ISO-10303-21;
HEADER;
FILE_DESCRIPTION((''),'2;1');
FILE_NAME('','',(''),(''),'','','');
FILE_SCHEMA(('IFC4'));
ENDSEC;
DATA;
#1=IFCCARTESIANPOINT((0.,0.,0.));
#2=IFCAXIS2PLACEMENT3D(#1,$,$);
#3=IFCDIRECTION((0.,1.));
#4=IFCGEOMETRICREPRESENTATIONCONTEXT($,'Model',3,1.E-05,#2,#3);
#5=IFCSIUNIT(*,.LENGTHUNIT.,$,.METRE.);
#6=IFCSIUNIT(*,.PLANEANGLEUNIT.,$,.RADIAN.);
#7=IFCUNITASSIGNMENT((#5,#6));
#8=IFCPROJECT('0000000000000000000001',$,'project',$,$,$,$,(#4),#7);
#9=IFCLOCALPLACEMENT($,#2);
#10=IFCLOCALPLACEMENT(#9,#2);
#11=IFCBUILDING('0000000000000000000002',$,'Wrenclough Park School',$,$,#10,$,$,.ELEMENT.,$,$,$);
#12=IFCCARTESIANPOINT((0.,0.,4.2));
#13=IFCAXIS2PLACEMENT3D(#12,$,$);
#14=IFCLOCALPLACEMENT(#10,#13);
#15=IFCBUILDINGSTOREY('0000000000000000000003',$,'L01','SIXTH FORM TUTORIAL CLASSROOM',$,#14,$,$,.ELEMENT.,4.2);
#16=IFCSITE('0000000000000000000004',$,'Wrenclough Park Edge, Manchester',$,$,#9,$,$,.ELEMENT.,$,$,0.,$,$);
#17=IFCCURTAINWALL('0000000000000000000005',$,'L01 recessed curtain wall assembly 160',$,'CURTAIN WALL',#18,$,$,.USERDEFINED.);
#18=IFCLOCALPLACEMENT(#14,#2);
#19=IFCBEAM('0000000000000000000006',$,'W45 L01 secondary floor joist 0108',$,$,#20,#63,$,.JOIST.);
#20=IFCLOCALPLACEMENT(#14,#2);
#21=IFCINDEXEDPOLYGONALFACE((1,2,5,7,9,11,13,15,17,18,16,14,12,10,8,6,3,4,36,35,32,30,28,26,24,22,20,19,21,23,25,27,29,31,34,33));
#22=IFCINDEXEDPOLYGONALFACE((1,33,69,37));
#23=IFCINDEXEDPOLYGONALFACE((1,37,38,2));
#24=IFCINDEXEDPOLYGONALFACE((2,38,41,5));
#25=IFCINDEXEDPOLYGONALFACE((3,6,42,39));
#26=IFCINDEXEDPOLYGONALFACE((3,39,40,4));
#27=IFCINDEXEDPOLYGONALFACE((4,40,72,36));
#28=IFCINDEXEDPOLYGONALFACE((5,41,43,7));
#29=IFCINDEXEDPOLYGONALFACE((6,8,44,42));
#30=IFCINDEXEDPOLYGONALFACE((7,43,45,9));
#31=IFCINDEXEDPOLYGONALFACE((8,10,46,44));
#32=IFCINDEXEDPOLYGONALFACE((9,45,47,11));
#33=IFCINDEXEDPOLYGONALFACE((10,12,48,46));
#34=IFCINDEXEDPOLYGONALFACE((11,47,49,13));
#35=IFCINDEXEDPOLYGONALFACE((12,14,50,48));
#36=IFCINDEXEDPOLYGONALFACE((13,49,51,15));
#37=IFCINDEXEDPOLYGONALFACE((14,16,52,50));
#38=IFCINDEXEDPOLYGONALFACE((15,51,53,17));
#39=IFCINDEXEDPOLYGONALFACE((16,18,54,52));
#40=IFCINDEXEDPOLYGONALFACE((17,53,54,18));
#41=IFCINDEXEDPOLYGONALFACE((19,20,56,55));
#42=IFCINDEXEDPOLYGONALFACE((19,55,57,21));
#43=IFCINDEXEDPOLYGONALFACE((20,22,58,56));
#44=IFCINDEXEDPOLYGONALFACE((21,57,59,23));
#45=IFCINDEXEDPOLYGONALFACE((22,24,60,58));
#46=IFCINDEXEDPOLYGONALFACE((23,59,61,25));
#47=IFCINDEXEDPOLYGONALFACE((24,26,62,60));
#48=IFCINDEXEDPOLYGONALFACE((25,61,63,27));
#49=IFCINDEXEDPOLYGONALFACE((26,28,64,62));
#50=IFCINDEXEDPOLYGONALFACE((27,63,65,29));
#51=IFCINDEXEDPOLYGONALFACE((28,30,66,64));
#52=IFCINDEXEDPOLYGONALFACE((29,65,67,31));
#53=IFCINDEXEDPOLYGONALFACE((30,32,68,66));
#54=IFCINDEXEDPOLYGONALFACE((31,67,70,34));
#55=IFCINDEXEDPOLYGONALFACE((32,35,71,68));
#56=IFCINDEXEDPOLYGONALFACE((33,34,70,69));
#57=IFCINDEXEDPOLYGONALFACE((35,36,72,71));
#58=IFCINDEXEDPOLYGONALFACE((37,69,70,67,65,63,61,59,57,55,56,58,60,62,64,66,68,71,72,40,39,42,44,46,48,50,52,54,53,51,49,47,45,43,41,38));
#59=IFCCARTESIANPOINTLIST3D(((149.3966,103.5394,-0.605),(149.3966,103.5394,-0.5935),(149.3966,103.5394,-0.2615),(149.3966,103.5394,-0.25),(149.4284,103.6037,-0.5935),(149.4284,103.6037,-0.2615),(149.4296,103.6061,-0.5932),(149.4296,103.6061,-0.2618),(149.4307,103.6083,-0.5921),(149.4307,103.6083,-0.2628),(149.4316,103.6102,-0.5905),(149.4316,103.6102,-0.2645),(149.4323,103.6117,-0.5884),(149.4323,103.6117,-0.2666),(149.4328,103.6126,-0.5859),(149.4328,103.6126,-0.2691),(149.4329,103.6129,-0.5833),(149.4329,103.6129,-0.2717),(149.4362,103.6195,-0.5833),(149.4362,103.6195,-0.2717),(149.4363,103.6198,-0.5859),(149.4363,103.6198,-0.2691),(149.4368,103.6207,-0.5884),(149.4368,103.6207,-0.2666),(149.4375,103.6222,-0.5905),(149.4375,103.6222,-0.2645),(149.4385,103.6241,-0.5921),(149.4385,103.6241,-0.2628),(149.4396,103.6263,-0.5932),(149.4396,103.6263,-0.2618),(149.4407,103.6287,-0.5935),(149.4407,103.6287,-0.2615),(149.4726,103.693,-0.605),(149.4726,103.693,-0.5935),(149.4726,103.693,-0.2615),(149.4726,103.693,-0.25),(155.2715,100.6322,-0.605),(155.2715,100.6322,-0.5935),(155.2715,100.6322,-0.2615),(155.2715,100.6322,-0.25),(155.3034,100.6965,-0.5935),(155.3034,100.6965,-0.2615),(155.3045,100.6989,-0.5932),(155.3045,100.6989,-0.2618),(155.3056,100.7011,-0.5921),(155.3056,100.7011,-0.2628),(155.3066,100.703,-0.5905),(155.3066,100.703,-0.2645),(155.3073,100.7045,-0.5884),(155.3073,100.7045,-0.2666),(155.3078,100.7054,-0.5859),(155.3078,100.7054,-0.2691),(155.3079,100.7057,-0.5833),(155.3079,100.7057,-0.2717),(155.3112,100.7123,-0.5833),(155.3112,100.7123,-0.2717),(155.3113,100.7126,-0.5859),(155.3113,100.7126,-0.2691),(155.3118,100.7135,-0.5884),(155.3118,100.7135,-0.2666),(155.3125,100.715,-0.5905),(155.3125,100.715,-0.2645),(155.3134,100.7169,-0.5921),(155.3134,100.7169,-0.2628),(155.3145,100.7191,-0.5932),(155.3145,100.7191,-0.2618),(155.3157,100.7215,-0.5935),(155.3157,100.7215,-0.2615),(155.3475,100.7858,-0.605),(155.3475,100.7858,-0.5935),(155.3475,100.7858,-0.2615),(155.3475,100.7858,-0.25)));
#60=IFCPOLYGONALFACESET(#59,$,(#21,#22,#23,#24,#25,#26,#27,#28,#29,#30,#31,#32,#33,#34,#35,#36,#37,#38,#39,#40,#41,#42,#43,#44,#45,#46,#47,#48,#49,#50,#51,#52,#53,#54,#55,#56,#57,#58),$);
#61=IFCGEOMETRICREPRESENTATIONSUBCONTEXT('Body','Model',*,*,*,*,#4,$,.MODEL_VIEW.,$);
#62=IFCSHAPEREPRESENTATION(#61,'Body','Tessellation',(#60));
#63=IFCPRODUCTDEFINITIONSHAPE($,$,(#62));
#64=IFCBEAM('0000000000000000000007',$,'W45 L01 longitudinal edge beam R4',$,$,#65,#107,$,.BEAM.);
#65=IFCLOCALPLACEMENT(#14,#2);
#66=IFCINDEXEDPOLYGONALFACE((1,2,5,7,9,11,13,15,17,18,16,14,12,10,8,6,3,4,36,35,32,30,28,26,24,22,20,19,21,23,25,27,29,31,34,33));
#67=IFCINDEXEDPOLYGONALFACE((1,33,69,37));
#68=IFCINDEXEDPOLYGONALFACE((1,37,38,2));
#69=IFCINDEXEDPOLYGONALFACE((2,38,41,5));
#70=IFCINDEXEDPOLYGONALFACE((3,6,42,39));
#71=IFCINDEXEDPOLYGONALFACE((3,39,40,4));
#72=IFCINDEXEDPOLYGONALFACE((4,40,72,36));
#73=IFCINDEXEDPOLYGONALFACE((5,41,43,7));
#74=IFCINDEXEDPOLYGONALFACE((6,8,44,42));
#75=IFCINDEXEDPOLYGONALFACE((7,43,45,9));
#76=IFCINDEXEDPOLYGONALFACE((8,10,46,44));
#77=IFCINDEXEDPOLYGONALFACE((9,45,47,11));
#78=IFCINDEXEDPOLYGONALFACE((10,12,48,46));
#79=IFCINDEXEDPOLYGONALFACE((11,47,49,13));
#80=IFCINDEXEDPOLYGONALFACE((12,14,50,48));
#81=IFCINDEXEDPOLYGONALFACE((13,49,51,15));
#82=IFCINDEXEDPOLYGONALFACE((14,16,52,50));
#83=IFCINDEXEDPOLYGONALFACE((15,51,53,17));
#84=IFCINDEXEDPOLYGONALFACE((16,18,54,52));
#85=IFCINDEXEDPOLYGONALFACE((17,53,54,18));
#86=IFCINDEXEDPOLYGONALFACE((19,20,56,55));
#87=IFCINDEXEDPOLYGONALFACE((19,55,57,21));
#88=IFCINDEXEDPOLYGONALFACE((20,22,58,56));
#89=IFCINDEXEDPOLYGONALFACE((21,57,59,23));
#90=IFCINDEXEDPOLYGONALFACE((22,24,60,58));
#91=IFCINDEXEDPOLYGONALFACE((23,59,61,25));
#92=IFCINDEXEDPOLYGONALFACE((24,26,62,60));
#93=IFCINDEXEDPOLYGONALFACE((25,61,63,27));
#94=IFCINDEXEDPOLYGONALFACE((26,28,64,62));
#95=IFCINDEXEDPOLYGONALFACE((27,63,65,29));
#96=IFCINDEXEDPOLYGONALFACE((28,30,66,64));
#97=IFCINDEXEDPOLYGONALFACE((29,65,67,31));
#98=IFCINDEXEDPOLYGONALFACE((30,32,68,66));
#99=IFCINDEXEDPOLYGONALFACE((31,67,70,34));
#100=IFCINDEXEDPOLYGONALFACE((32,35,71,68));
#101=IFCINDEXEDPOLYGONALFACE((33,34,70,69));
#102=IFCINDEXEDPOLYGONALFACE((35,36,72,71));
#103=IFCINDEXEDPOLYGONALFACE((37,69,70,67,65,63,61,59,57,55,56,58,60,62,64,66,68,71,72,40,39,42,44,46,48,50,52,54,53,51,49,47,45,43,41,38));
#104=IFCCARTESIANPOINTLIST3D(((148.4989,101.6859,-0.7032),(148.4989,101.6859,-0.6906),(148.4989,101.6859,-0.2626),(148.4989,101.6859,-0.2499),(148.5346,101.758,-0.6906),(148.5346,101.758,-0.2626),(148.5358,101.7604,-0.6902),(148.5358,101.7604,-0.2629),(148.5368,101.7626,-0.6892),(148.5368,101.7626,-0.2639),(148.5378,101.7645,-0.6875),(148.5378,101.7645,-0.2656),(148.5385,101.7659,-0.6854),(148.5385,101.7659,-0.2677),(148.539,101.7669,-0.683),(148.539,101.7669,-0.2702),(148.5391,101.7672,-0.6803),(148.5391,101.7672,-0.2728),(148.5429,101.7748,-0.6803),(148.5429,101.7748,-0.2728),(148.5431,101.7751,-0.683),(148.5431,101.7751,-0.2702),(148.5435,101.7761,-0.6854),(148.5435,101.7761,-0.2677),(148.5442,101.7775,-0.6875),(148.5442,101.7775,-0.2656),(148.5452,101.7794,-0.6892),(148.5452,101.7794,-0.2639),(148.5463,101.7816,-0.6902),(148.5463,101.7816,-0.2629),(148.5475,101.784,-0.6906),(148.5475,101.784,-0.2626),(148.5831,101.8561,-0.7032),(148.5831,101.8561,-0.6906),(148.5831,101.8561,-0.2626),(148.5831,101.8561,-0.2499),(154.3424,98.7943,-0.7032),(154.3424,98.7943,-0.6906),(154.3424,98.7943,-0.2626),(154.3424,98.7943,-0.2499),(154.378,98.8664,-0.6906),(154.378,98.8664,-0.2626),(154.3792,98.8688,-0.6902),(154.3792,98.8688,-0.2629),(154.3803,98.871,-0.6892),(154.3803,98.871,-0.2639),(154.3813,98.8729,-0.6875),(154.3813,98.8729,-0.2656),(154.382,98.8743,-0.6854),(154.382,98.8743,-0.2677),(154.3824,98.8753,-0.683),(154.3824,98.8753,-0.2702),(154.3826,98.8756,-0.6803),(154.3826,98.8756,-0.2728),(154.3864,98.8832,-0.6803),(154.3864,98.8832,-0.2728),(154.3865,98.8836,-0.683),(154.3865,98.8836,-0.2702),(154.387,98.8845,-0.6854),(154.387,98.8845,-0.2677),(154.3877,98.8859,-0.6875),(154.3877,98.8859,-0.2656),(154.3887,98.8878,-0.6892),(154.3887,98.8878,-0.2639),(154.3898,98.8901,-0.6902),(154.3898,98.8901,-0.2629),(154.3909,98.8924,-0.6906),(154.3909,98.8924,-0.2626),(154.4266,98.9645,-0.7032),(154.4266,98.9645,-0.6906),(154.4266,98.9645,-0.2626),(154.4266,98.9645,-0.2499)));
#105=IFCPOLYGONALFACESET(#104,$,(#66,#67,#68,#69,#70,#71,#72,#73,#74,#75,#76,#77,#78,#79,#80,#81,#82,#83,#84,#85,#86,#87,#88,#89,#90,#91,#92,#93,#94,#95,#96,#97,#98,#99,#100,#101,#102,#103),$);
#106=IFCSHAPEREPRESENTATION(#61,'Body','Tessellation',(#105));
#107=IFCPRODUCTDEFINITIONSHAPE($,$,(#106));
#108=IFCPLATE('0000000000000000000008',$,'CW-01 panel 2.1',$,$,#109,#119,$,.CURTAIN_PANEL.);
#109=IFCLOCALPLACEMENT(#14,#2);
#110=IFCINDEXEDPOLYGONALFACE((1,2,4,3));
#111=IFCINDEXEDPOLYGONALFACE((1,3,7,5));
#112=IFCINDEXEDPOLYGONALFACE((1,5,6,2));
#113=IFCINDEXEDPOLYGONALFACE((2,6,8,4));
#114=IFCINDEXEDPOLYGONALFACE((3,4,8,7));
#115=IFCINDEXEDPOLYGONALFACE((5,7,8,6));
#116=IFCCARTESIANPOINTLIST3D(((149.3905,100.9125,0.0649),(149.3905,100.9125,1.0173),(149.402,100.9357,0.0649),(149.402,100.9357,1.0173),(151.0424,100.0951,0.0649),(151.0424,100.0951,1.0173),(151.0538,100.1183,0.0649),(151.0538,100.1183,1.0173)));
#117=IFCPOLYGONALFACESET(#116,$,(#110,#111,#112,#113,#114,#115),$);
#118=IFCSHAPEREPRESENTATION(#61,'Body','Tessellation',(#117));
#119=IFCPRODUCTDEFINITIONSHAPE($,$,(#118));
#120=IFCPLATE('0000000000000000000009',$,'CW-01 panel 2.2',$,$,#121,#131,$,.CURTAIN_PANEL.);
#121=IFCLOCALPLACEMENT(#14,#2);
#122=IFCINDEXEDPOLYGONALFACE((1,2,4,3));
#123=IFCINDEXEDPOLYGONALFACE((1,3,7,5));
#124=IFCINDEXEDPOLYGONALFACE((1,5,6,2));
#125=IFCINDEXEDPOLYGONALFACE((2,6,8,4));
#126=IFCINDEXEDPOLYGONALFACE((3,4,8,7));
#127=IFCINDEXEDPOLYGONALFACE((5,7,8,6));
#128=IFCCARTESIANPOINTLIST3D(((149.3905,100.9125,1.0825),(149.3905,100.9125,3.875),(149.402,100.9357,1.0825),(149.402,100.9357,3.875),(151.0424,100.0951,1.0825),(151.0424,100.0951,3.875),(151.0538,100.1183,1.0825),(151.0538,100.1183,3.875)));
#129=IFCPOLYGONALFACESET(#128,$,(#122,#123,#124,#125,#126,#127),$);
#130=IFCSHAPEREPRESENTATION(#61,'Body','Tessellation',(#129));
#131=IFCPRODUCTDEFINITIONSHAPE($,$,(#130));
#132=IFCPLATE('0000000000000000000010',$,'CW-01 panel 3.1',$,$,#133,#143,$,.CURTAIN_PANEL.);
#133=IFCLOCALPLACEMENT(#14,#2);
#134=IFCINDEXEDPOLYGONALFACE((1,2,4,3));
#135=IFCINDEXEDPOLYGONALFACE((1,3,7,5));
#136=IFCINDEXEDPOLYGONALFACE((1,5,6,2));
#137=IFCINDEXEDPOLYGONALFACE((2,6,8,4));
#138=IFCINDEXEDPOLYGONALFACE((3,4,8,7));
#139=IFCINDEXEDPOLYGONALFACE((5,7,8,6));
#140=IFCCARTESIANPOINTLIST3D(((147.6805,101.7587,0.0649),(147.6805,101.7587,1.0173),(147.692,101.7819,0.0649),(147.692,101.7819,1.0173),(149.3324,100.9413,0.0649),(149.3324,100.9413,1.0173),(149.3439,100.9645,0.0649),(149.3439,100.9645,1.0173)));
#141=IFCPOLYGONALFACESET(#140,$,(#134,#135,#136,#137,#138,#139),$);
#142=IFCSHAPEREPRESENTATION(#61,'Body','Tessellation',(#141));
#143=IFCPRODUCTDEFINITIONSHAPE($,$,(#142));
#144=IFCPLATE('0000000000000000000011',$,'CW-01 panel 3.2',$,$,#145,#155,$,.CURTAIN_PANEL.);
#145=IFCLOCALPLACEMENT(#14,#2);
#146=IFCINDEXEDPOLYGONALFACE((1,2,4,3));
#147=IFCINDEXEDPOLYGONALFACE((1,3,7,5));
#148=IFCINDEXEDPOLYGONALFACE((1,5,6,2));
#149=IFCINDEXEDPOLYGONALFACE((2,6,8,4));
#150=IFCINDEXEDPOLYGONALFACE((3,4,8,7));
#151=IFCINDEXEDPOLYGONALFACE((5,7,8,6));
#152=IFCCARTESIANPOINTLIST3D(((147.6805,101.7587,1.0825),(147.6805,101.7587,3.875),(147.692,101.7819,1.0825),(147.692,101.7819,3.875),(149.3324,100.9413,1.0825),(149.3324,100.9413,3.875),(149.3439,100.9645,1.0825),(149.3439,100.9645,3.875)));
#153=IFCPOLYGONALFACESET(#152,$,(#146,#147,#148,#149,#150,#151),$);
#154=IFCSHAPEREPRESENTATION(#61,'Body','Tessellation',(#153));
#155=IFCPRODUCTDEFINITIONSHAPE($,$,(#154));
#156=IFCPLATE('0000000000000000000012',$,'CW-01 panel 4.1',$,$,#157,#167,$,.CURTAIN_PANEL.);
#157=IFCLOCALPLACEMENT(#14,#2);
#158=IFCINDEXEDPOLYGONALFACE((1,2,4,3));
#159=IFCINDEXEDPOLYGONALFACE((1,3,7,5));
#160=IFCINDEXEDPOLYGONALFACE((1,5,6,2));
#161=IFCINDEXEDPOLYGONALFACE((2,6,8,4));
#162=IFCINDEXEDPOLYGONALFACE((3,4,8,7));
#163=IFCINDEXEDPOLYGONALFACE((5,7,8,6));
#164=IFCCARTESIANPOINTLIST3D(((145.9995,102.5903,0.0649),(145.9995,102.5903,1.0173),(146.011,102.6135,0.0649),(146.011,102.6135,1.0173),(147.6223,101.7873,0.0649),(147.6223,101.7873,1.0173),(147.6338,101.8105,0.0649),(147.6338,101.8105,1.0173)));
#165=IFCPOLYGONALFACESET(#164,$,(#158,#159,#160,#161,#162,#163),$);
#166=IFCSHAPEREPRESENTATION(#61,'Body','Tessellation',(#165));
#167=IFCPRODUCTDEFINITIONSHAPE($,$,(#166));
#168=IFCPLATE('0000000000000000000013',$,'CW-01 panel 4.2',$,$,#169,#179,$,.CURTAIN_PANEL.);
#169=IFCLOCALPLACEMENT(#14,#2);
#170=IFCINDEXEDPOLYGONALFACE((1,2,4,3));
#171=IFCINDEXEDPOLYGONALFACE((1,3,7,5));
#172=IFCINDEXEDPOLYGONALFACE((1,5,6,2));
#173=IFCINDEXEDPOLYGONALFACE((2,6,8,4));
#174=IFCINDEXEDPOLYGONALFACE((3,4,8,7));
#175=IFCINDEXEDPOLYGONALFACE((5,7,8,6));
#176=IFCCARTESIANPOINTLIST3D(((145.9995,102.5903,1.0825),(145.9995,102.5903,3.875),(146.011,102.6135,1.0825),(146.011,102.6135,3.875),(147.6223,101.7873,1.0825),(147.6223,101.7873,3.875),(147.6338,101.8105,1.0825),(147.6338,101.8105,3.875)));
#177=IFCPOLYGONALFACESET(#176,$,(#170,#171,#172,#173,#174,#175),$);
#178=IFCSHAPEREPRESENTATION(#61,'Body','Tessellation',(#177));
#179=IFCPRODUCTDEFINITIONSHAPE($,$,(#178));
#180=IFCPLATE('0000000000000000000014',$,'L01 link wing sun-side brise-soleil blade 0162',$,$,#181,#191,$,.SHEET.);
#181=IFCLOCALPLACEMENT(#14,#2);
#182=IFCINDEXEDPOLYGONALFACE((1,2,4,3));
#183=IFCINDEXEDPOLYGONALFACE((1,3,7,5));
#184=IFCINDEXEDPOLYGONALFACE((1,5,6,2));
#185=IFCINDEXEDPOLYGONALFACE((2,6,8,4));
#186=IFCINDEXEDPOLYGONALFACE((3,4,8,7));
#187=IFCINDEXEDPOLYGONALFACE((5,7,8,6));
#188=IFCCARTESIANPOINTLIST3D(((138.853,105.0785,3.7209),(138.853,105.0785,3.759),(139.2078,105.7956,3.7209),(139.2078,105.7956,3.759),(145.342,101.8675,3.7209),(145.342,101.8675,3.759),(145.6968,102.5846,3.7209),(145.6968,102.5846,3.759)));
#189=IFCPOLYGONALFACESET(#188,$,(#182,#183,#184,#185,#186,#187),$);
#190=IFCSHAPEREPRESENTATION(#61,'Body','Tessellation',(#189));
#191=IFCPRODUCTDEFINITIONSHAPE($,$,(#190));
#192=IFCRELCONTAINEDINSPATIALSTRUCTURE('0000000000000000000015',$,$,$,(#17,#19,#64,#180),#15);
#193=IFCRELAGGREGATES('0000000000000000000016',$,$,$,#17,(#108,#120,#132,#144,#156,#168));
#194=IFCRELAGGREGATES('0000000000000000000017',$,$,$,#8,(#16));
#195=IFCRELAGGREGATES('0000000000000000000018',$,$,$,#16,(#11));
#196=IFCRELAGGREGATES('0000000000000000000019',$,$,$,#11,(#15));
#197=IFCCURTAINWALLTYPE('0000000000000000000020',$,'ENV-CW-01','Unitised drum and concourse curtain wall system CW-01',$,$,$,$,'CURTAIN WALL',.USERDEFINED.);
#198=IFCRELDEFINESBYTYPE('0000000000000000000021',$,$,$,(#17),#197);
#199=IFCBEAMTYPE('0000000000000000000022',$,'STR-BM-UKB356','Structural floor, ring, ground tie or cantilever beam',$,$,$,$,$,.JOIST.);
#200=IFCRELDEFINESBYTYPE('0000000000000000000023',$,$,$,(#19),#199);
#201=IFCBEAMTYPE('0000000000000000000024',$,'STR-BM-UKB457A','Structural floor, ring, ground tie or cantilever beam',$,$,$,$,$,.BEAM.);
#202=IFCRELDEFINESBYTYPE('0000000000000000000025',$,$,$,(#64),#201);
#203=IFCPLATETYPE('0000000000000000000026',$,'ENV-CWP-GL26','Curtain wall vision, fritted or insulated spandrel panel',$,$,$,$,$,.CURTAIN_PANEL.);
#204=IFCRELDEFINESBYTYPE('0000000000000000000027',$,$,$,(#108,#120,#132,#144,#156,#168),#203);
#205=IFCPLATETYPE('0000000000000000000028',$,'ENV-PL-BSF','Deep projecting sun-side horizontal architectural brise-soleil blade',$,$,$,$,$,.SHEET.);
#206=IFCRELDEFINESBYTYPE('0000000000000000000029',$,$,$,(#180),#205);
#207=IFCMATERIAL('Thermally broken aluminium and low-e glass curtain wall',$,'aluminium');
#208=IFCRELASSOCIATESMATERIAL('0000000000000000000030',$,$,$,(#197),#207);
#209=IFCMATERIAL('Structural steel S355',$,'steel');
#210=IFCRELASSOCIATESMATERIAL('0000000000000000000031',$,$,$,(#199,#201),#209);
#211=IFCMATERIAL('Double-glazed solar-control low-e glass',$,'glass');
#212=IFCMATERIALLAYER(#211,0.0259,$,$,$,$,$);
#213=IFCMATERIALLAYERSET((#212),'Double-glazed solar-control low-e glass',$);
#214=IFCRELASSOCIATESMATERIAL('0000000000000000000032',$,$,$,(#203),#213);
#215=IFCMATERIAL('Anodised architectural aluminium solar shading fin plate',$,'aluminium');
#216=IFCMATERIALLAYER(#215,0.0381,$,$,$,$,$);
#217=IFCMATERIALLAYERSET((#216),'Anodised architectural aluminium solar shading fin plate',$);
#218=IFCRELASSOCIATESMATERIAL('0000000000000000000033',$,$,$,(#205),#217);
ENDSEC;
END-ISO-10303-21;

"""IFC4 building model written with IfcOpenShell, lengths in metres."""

from ifc_helpers import new_model, si_unit, direction, frame, origin, origin_2d, place, context, subcontext, project, spatial, rectangle, i_section, extrude, material, layer, layer_set, material_profile, profile_set, type_object, element, aggregate, save


model = new_model("IFC4")

# Units and contexts
model_context = context("Model", 3, precision=1e-05, world=origin(), true_north=direction((0.0, 1.0)))
body_context = subcontext(model_context, "Body", "Model", "MODEL_VIEW")
ifc_project = project(units=[si_unit("LENGTHUNIT", "METRE"), si_unit("PLANEANGLEUNIT", "RADIAN")], contexts=[model_context])

# Site, building, storey
site_placement = place(None, origin())
site = spatial("IfcSite", under=ifc_project, at=site_placement, Name="Wrenclough Park Edge, Manchester", CompositionType="ELEMENT", RefElevation=0.0)
building_placement = place(site_placement, origin())
building = spatial("IfcBuilding", under=site, at=building_placement, Name="Wrenclough Park School", CompositionType="ELEMENT")
storey_placement = place(building_placement, frame((0.0, 0.0, 4.2)))
storey = spatial("IfcBuildingStorey", under=building, at=storey_placement, Name="L01", Description="SIXTH FORM TUTORIAL CLASSROOM", CompositionType="ELEMENT", Elevation=4.2)

# Shared definitions
ifc_material_1 = material(Name="Structural steel S355", Category="steel")

# Curtain wall
ifc_material_2 = material(Name="Thermally broken aluminium and low-e glass curtain wall", Category="aluminium")
curtain_wall_type_1 = type_object("IfcCurtainWallType", Name="ENV-CW-01", Description="Unitised drum and concourse curtain wall system CW-01", ElementType="CURTAIN WALL", PredefinedType="USERDEFINED", material=ifc_material_2)
curtain_wall_1_placement = place(storey_placement, origin())
curtain_wall_1 = element("IfcCurtainWall", 1, at=curtain_wall_1_placement, inside=storey, type_object=curtain_wall_type_1, Name="L01 recessed curtain wall assembly 160", ObjectType="CURTAIN WALL", PredefinedType="USERDEFINED")

# Beams
ifc_material_profile_1 = material_profile(ifc_material_1, i_section(OverallWidth=0.1714, OverallDepth=0.355, WebThickness=0.0073, FlangeThickness=0.0115, FilletRadius=0.0103, at=origin_2d()), Name="UKB 356x171x51")
ifc_profile_set_1 = profile_set([ifc_material_profile_1], Name="Structural steel S355")
beam_type_1 = type_object("IfcBeamType", Name="STR-BM-UKB356", Description="Structural floor, ring, ground tie or cantilever beam", PredefinedType="JOIST", material=ifc_profile_set_1)
beam_1_placement = place(storey_placement, frame((149.4346, 103.6162, -0.4275), z_axis=(0.896267, -0.443515, 0.0), x_axis=(0.443515, 0.896267, 0.0)))
element("IfcBeam", 2, at=beam_1_placement, inside=storey, type_object=beam_type_1, Name="W45 L01 secondary floor joist 0108", PredefinedType="JOIST", context=body_context, shape_type="SweptSolid", body=[
    extrude(i_section(OverallWidth=0.1714, OverallDepth=0.355, WebThickness=0.0073, FlangeThickness=0.0115, FilletRadius=0.0103, at=origin_2d()), origin(), (0.0, 0.0, 1.0), 6.5549),
])
ifc_material_profile_2 = material_profile(ifc_material_1, i_section(OverallWidth=0.1899, OverallDepth=0.4534, WebThickness=0.0085, FlangeThickness=0.0127, FilletRadius=0.0103, at=origin_2d()), Name="UKB 457x191x67")
ifc_profile_set_2 = profile_set([ifc_material_profile_2], Name="Structural steel S355")
beam_type_2 = type_object("IfcBeamType", Name="STR-BM-UKB457A", Description="Structural floor, ring, ground tie or cantilever beam", PredefinedType="BEAM", material=ifc_profile_set_2)
beam_2_placement = place(storey_placement, frame((148.541, 101.771, -0.4766), z_axis=(0.896269, -0.44351, 0.0), x_axis=(0.44351, 0.896269, 0.0)))
element("IfcBeam", 3, at=beam_2_placement, inside=storey, type_object=beam_type_2, Name="W45 L01 longitudinal edge beam R4", PredefinedType="BEAM", context=body_context, shape_type="SweptSolid", body=[
    extrude(i_section(OverallWidth=0.1899, OverallDepth=0.4534, WebThickness=0.0085, FlangeThickness=0.0127, FilletRadius=0.0103, at=origin_2d()), origin(), (0.0, 0.0, 1.0), 6.5198),
])

# Plates
ifc_material_3 = material(Name="Double-glazed solar-control low-e glass", Category="glass")
ifc_layer_1 = layer(ifc_material_3, 0.0259)
ifc_layer_set_1 = layer_set([ifc_layer_1], Name="Double-glazed solar-control low-e glass")
plate_type_1 = type_object("IfcPlateType", Name="ENV-CWP-GL26", Description="Curtain wall vision, fritted or insulated spandrel panel", PredefinedType="CURTAIN_PANEL", material=ifc_layer_set_1)
plate_1_placement = place(storey_placement, frame((150.2222, 100.5154, 0.0649), z_axis=(0.0, 0.0, 1.0), x_axis=(-0.896272, 0.443504, 0.0)))
plate_1 = element("IfcPlate", 4, at=plate_1_placement, type_object=plate_type_1, Name="CW-01 panel 2.1", PredefinedType="CURTAIN_PANEL", context=body_context, shape_type="SweptSolid", body=[
    extrude(rectangle(XDim=1.843, YDim=0.0259, at=origin_2d()), origin(), (0.0, 0.0, 1.0), 0.9524),
])
plate_2_placement = place(storey_placement, frame((150.2222, 100.5154, 1.0825), z_axis=(0.0, 0.0, 1.0), x_axis=(-0.896272, 0.443504, 0.0)))
plate_2 = element("IfcPlate", 5, at=plate_2_placement, type_object=plate_type_1, Name="CW-01 panel 2.2", PredefinedType="CURTAIN_PANEL", context=body_context, shape_type="SweptSolid", body=[
    extrude(rectangle(XDim=1.843, YDim=0.0259, at=origin_2d()), origin(), (0.0, 0.0, 1.0), 2.7925),
])
plate_3_placement = place(storey_placement, frame((148.5122, 101.3616, 0.0649), z_axis=(0.0, 0.0, 1.0), x_axis=(-0.896272, 0.443504, 0.0)))
plate_3 = element("IfcPlate", 6, at=plate_3_placement, type_object=plate_type_1, Name="CW-01 panel 3.1", PredefinedType="CURTAIN_PANEL", context=body_context, shape_type="SweptSolid", body=[
    extrude(rectangle(XDim=1.843, YDim=0.0259, at=origin_2d()), origin(), (0.0, 0.0, 1.0), 0.9524),
])
plate_4_placement = place(storey_placement, frame((148.5122, 101.3616, 1.0825), z_axis=(0.0, 0.0, 1.0), x_axis=(-0.896272, 0.443504, 0.0)))
plate_4 = element("IfcPlate", 7, at=plate_4_placement, type_object=plate_type_1, Name="CW-01 panel 3.2", PredefinedType="CURTAIN_PANEL", context=body_context, shape_type="SweptSolid", body=[
    extrude(rectangle(XDim=1.843, YDim=0.0259, at=origin_2d()), origin(), (0.0, 0.0, 1.0), 2.7925),
])
plate_5_placement = place(storey_placement, frame((146.8167, 102.2004, 0.0649), z_axis=(0.0, 0.0, 1.0), x_axis=(-0.896272, 0.443504, 0.0)))
plate_5 = element("IfcPlate", 8, at=plate_5_placement, type_object=plate_type_1, Name="CW-01 panel 4.1", PredefinedType="CURTAIN_PANEL", context=body_context, shape_type="SweptSolid", body=[
    extrude(rectangle(XDim=1.8105, YDim=0.0259, at=origin_2d()), origin(), (0.0, 0.0, 1.0), 0.9524),
])
plate_6_placement = place(storey_placement, frame((146.8167, 102.2004, 1.0825), z_axis=(0.0, 0.0, 1.0), x_axis=(-0.896272, 0.443504, 0.0)))
plate_6 = element("IfcPlate", 9, at=plate_6_placement, type_object=plate_type_1, Name="CW-01 panel 4.2", PredefinedType="CURTAIN_PANEL", context=body_context, shape_type="SweptSolid", body=[
    extrude(rectangle(XDim=1.8105, YDim=0.0259, at=origin_2d()), origin(), (0.0, 0.0, 1.0), 2.7925),
])
aggregate(curtain_wall_1, [plate_1, plate_2, plate_3, plate_4, plate_5, plate_6])
ifc_material_4 = material(Name="Anodised architectural aluminium solar shading fin plate", Category="aluminium")
ifc_layer_2 = layer(ifc_material_4, 0.0381)
ifc_layer_set_2 = layer_set([ifc_layer_2], Name="Anodised architectural aluminium solar shading fin plate")
plate_type_2 = type_object("IfcPlateType", Name="ENV-PL-BSF", Description="Deep projecting sun-side horizontal architectural brise-soleil blade", PredefinedType="SHEET", material=ifc_layer_set_2)
plate_7_placement = place(storey_placement, frame((142.2749, 103.8315, 3.7209), z_axis=(0.0, 0.0, 1.0), x_axis=(-0.896268, 0.443513, 0.0)))
element("IfcPlate", 10, at=plate_7_placement, inside=storey, type_object=plate_type_2, Name="L01 link wing sun-side brise-soleil blade 0162", PredefinedType="SHEET", context=body_context, shape_type="SweptSolid", body=[
    extrude(rectangle(XDim=7.24, YDim=0.8, at=origin_2d()), origin(), (0.0, 0.0, 1.0), 0.0381),
])

save(model, "model.ifc")
